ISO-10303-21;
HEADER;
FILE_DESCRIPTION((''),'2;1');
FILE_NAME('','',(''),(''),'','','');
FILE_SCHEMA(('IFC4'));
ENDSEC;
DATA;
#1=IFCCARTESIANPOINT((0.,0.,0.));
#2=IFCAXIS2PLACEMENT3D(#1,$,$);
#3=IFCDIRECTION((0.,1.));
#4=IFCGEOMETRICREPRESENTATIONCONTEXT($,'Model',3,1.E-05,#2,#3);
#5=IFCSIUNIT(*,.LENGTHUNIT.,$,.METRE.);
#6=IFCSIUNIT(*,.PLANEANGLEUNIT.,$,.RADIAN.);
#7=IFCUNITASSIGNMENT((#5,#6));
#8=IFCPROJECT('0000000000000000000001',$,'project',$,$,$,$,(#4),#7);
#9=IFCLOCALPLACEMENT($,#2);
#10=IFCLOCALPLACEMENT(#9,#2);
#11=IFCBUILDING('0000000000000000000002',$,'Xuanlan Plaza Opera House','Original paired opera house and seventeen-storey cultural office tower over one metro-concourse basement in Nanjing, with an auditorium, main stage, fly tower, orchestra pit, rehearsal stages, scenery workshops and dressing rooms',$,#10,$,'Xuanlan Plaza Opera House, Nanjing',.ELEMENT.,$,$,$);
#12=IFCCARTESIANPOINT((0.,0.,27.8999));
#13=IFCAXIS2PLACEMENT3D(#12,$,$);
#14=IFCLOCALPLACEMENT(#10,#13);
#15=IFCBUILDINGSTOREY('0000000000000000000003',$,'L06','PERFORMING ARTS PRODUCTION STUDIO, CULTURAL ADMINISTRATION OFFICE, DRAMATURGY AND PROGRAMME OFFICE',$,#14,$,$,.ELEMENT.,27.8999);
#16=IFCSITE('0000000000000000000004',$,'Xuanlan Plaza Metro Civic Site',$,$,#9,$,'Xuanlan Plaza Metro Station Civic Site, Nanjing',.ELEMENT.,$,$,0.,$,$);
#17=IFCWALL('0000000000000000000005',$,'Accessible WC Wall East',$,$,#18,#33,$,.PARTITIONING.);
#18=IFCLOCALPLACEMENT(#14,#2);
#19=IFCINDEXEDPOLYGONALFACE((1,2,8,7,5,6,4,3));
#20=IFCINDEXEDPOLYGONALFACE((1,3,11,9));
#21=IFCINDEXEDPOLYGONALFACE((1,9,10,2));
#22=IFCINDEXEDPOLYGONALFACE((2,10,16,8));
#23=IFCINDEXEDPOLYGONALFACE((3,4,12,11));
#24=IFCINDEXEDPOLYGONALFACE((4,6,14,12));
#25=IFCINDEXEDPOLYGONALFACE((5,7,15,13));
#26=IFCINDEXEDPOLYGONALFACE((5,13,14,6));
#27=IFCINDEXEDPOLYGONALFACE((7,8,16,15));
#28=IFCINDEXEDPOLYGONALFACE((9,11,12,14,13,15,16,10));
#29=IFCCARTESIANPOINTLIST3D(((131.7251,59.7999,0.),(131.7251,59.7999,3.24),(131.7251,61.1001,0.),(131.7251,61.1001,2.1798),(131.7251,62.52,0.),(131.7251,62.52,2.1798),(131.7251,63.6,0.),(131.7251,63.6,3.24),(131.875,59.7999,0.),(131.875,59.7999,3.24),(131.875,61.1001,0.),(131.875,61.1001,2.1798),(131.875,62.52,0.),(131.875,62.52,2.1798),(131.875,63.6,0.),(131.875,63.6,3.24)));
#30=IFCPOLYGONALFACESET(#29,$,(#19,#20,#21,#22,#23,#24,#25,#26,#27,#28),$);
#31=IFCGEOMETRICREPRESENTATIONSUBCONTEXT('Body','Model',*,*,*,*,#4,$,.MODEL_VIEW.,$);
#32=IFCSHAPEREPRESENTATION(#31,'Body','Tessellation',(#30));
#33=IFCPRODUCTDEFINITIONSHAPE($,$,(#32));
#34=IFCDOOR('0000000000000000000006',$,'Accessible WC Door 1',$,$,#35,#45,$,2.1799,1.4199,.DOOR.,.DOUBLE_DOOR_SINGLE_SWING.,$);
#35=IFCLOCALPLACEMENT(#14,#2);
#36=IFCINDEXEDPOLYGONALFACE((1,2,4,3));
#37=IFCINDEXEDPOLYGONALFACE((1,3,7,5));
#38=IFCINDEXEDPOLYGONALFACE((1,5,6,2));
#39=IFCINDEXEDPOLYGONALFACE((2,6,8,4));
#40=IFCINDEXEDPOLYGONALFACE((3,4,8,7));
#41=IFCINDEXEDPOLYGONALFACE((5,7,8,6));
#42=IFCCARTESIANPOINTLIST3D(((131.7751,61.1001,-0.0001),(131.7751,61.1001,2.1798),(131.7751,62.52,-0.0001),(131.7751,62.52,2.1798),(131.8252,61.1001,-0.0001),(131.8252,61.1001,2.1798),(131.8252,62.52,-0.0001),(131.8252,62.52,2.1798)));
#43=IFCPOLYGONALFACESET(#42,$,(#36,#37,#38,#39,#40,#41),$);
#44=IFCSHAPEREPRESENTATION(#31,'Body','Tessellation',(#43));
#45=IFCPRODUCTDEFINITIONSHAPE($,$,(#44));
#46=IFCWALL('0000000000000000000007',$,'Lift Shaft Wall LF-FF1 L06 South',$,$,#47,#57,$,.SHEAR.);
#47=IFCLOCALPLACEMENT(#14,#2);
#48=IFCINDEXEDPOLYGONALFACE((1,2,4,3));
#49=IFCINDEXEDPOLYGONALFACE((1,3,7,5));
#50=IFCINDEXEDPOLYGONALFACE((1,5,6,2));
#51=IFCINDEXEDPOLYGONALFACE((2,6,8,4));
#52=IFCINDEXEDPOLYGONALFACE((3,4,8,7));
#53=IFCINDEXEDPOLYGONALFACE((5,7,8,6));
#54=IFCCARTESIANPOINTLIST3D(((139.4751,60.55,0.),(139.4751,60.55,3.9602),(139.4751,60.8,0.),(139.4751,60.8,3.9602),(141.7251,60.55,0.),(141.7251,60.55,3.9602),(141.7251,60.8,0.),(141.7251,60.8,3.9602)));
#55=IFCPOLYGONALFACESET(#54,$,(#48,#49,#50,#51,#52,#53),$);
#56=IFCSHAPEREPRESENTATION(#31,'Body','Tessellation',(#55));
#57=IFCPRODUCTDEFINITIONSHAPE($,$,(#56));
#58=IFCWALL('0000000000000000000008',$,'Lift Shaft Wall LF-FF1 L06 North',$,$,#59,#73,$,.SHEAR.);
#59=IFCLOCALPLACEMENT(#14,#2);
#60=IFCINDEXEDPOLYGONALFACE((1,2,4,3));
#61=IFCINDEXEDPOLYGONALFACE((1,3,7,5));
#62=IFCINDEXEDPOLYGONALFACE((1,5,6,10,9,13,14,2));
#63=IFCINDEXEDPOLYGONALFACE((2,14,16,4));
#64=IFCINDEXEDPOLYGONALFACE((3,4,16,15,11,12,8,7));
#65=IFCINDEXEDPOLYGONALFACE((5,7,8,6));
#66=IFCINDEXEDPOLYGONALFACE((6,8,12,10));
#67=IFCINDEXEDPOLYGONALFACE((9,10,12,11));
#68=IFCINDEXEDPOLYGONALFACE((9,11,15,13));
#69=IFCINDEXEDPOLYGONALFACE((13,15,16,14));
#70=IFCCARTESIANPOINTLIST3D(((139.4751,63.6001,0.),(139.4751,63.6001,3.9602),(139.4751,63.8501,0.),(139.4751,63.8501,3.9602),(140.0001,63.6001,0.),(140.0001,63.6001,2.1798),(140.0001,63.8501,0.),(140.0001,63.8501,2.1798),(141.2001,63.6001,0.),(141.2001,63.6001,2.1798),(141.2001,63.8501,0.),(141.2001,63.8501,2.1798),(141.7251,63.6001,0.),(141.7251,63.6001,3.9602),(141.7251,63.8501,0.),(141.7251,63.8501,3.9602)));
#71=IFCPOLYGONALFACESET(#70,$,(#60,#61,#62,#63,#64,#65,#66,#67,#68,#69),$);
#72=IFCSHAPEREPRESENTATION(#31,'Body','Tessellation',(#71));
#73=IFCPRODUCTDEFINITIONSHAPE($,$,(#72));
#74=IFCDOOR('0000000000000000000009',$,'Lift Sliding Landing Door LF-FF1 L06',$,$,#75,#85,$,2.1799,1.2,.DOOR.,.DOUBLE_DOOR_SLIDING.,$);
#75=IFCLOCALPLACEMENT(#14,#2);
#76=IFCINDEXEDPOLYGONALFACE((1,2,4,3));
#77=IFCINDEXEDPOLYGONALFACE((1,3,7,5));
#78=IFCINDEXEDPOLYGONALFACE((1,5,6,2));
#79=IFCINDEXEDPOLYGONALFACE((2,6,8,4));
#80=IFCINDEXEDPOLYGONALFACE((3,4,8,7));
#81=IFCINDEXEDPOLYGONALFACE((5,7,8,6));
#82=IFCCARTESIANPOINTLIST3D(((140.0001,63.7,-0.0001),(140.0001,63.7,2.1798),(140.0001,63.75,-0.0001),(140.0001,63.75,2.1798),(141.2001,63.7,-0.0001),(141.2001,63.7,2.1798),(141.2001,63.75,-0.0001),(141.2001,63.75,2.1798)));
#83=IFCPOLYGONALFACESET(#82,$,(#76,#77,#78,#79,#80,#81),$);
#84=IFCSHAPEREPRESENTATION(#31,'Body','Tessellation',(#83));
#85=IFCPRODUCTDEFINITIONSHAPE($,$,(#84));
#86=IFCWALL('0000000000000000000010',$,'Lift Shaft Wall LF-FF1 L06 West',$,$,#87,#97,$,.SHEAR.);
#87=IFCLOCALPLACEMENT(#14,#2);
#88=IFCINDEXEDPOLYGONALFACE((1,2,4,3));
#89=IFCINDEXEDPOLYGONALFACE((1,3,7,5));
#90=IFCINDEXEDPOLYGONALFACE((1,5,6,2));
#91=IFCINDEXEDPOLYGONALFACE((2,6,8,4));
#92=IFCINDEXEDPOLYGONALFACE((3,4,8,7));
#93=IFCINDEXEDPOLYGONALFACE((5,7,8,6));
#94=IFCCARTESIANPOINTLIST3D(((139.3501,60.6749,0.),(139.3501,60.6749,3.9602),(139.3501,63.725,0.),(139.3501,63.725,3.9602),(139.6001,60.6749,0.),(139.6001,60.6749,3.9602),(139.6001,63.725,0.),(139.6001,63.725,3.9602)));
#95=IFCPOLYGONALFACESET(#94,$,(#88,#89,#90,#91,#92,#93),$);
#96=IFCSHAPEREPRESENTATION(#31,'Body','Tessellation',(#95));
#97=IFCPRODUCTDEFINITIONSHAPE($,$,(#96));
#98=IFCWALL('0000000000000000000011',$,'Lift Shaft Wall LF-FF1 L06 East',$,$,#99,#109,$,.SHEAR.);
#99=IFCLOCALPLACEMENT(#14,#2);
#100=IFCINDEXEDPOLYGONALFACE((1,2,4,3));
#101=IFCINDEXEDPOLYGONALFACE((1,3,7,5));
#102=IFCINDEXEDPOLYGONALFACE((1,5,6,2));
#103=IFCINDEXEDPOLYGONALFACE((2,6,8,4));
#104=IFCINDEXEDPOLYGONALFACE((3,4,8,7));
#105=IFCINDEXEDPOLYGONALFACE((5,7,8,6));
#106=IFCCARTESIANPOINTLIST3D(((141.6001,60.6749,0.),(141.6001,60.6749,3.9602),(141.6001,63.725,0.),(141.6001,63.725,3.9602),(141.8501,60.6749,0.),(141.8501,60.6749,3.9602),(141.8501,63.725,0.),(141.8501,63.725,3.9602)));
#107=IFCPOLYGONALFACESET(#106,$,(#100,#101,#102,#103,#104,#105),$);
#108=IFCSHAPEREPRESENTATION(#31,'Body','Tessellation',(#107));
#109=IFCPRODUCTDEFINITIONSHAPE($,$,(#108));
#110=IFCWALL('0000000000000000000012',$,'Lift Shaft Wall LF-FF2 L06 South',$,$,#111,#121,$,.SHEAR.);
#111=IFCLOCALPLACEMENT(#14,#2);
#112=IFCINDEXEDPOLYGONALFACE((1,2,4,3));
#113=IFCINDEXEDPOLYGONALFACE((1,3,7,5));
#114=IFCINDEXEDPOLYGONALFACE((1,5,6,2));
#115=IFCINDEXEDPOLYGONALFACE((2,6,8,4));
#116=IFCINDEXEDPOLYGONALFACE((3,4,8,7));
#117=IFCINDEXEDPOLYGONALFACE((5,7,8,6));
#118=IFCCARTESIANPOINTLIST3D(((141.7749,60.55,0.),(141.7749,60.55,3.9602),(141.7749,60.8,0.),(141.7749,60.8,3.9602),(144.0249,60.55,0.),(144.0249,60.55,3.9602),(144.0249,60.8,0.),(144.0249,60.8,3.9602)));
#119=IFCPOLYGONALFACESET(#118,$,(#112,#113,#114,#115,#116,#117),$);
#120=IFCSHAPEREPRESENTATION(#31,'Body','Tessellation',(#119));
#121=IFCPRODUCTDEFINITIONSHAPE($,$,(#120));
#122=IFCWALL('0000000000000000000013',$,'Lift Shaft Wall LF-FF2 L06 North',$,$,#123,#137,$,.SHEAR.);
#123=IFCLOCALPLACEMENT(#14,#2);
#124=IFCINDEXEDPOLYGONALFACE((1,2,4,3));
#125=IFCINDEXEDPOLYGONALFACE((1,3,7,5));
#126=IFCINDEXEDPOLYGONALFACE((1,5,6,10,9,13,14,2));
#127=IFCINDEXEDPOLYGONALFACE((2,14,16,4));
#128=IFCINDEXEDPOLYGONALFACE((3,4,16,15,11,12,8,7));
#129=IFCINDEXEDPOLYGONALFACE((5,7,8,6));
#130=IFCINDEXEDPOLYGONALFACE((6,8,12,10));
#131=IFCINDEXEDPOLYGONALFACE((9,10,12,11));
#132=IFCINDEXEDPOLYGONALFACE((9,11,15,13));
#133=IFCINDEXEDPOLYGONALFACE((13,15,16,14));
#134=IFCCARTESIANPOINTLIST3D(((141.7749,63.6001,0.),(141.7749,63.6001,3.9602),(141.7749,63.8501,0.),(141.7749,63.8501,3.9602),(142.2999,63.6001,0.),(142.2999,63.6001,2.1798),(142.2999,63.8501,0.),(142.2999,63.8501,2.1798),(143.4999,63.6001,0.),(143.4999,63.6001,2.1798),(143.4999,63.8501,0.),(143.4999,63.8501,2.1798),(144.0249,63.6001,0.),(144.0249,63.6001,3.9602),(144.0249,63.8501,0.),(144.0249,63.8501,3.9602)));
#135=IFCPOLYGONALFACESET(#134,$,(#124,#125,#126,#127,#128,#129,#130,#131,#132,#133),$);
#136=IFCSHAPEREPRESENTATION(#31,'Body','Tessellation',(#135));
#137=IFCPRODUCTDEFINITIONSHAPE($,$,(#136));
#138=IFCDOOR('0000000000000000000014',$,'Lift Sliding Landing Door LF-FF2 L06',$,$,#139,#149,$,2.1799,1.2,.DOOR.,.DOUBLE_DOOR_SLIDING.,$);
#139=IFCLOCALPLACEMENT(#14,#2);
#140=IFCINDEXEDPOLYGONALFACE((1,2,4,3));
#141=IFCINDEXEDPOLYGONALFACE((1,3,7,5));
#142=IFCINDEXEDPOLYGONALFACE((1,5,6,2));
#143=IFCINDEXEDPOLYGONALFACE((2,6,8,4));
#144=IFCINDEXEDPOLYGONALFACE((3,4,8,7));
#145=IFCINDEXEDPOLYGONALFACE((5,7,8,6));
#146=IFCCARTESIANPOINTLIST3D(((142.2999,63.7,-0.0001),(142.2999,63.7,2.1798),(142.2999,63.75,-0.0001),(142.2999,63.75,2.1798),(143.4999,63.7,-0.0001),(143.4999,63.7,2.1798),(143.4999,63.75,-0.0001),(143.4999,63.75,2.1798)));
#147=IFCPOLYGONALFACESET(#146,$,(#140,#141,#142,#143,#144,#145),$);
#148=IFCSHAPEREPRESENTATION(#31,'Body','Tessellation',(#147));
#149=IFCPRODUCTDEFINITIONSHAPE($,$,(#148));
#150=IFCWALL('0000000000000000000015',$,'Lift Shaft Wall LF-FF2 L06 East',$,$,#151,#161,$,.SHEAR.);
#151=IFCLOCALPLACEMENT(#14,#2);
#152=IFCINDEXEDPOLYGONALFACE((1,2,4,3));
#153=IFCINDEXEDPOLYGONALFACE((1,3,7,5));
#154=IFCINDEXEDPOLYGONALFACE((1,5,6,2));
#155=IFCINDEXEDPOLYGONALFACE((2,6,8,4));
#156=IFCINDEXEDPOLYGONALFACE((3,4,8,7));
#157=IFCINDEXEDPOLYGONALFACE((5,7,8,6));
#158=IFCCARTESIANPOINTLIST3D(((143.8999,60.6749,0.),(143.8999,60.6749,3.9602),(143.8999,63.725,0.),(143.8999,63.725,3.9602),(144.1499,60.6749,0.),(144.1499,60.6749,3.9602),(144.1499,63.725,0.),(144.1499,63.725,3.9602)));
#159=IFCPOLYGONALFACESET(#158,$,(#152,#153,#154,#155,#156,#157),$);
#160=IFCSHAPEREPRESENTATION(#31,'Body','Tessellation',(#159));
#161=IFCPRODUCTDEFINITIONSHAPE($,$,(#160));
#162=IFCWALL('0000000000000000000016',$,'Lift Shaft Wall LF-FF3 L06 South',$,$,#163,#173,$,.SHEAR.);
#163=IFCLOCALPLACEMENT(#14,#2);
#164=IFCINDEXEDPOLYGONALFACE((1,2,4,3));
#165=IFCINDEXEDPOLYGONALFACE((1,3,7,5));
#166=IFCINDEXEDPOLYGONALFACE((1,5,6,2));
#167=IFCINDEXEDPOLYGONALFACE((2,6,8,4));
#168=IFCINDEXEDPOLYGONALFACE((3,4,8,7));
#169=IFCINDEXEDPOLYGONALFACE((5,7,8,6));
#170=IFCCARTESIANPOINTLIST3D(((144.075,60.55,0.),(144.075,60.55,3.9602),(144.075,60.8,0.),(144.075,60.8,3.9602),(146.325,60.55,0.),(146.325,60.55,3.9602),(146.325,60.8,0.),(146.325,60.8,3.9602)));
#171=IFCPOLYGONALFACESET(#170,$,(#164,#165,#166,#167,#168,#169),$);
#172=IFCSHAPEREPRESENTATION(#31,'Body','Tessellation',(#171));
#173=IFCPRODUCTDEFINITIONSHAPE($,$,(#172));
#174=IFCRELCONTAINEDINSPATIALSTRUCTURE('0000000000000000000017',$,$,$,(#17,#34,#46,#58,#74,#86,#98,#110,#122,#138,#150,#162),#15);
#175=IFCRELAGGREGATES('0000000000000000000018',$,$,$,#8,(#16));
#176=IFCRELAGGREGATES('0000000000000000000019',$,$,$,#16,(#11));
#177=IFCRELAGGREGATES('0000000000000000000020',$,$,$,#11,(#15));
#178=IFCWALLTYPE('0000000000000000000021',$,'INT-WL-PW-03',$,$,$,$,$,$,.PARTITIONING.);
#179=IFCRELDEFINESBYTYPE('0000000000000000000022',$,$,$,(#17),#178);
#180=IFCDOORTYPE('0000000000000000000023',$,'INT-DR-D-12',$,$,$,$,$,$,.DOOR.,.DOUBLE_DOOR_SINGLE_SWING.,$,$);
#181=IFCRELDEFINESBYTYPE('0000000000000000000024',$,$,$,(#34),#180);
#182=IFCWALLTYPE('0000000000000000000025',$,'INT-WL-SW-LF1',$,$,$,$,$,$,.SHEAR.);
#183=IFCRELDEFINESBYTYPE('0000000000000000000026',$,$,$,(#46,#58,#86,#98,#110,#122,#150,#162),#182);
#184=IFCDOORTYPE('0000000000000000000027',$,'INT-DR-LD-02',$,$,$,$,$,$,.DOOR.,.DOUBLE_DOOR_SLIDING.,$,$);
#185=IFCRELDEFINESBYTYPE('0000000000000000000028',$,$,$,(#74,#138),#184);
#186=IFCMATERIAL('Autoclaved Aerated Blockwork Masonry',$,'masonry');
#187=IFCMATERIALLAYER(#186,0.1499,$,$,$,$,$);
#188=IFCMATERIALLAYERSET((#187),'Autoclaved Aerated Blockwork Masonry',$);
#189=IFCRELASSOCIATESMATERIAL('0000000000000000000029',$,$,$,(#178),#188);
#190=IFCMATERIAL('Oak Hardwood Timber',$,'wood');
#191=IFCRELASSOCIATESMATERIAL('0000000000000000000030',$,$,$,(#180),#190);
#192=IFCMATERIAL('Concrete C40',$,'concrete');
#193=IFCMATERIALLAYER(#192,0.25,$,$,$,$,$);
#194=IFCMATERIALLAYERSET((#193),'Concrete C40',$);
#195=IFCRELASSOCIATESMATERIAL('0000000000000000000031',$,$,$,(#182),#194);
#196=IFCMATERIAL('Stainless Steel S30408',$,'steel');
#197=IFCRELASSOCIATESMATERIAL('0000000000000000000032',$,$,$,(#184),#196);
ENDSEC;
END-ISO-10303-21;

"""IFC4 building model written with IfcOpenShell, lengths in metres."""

from ifc_helpers import new_model, si_unit, direction, frame, frame_2d, origin, place, context, subcontext, project, spatial, rectangle, extrude, material, layer, layer_set, type_object, element, fill, save


model = new_model("IFC4")

# Units and contexts
model_context = context("Model", 3, precision=1e-05, world=origin(), true_north=direction((0.0, 1.0)))
body_context = subcontext(model_context, "Body", "Model", "MODEL_VIEW")
ifc_project = project(units=[si_unit("LENGTHUNIT", "METRE"), si_unit("PLANEANGLEUNIT", "RADIAN")], contexts=[model_context])

# Site, building, storey
site_placement = place(None, origin())
site = spatial("IfcSite", under=ifc_project, at=site_placement, Name="Xuanlan Plaza Metro Civic Site", LongName="Xuanlan Plaza Metro Station Civic Site, Nanjing", CompositionType="ELEMENT", RefElevation=0.0)
building_placement = place(site_placement, origin())
building = spatial("IfcBuilding", under=site, at=building_placement, Name="Xuanlan Plaza Opera House", Description="Original paired opera house and seventeen-storey cultural office tower over one metro-concourse basement in Nanjing, with an auditorium, main stage, fly tower, orchestra pit, rehearsal stages, scenery workshops and dressing rooms", LongName="Xuanlan Plaza Opera House, Nanjing", CompositionType="ELEMENT")
storey_placement = place(building_placement, frame((0.0, 0.0, 27.8999)))
storey = spatial("IfcBuildingStorey", under=building, at=storey_placement, Name="L06", Description="PERFORMING ARTS PRODUCTION STUDIO, CULTURAL ADMINISTRATION OFFICE, DRAMATURGY AND PROGRAMME OFFICE", CompositionType="ELEMENT", Elevation=27.8999)

# Shared definitions
ifc_material_1 = material(Name="Concrete C40", Category="concrete")

# Wall, opening, door
ifc_material_2 = material(Name="Autoclaved Aerated Blockwork Masonry", Category="masonry")
ifc_layer_1 = layer(ifc_material_2, 0.1499)
ifc_layer_set_1 = layer_set([ifc_layer_1], Name="Autoclaved Aerated Blockwork Masonry")
wall_type_1 = type_object("IfcWallType", Name="INT-WL-PW-03", PredefinedType="PARTITIONING", material=ifc_layer_set_1)
wall_1_placement = place(storey_placement, frame((131.8, 59.8, 0.0), z_axis=(0.0, 0.0, 1.0), x_axis=(0.0, 1.0, 0.0)))
wall_1 = element("IfcWall", 1, at=wall_1_placement, inside=storey, type_object=wall_type_1, Name="Accessible WC Wall East", PredefinedType="PARTITIONING", context=body_context, shape_type="SweptSolid", body=[
    extrude(rectangle(XDim=3.8, YDim=0.1499, at=frame_2d((1.8999, 0.0))), origin(), (0.0, 0.0, 1.0), 3.24),
])
opening_1_placement = place(wall_1_placement, frame((1.3, 0.0, 0.0)))
opening_1 = element("IfcOpeningElement", 2, at=opening_1_placement, cuts=wall_1, PredefinedType="OPENING", context=body_context, shape_type="SweptSolid", body=[
    extrude(rectangle(XDim=1.4199, YDim=2.1799, at=frame_2d((0.71, 1.0898))), frame((0.0, 0.085, 0.0), z_axis=(0.0, -1.0, 0.0), x_axis=(1.0, 0.0, 0.0)), (0.0, 0.0, 1.0), 0.1699),
])
ifc_material_3 = material(Name="Oak Hardwood Timber", Category="wood")
door_type_1 = type_object("IfcDoorType", Name="INT-DR-D-12", OperationType="DOUBLE_DOOR_SINGLE_SWING", PredefinedType="DOOR", material=ifc_material_3)
door_1_placement = place(opening_1_placement, origin())
door_1 = element("IfcDoor", 3, at=door_1_placement, inside=storey, type_object=door_type_1, Name="Accessible WC Door 1", OperationType="DOUBLE_DOOR_SINGLE_SWING", OverallHeight=2.1799, OverallWidth=1.4199, PredefinedType="DOOR", context=body_context, shape_type="SweptSolid", body=[
    extrude(rectangle(XDim=1.4199, YDim=2.1799, at=frame_2d((0.71, 1.0898))), frame((0.0, 0.0249, 0.0), z_axis=(0.0, -1.0, 0.0), x_axis=(1.0, 0.0, 0.0)), (0.0, 0.0, 1.0), 0.05),
])
fill(opening_1, door_1)

# Wall
ifc_layer_2 = layer(ifc_material_1, 0.25)
ifc_layer_set_2 = layer_set([ifc_layer_2], Name="Concrete C40")
wall_type_2 = type_object("IfcWallType", Name="INT-WL-SW-LF1", PredefinedType="SHEAR", material=ifc_layer_set_2)
wall_2_placement = place(storey_placement, frame((139.4751, 60.675, 0.0), z_axis=(0.0, 0.0, 1.0), x_axis=(1.0, 0.0, 0.0)))
element("IfcWall", 4, at=wall_2_placement, inside=storey, type_object=wall_type_2, Name="Lift Shaft Wall LF-FF1 L06 South", PredefinedType="SHEAR", context=body_context, shape_type="SweptSolid", body=[
    extrude(rectangle(XDim=2.25, YDim=0.25, at=frame_2d((1.125, 0.0))), origin(), (0.0, 0.0, 1.0), 3.9602),
])

# Wall, opening, door
wall_3_placement = place(storey_placement, frame((139.4751, 63.7251, 0.0), z_axis=(0.0, 0.0, 1.0), x_axis=(1.0, 0.0, 0.0)))
wall_3 = element("IfcWall", 5, at=wall_3_placement, inside=storey, type_object=wall_type_2, Name="Lift Shaft Wall LF-FF1 L06 North", PredefinedType="SHEAR", context=body_context, shape_type="SweptSolid", body=[
    extrude(rectangle(XDim=2.25, YDim=0.25, at=frame_2d((1.125, 0.0))), origin(), (0.0, 0.0, 1.0), 3.9602),
])
opening_2_placement = place(wall_3_placement, frame((0.5249, 0.0, 0.0)))
opening_2 = element("IfcOpeningElement", 6, at=opening_2_placement, cuts=wall_3, PredefinedType="OPENING", context=body_context, shape_type="SweptSolid", body=[
    extrude(rectangle(XDim=1.2, YDim=2.1799, at=frame_2d((0.6001, 1.0898))), frame((0.0, 0.135, 0.0), z_axis=(0.0, -1.0, 0.0), x_axis=(1.0, 0.0, 0.0)), (0.0, 0.0, 1.0), 0.27),
])
ifc_material_4 = material(Name="Stainless Steel S30408", Category="steel")
door_type_2 = type_object("IfcDoorType", Name="INT-DR-LD-02", OperationType="DOUBLE_DOOR_SLIDING", PredefinedType="DOOR", material=ifc_material_4)
door_2_placement = place(opening_2_placement, origin())
door_2 = element("IfcDoor", 7, at=door_2_placement, inside=storey, type_object=door_type_2, Name="Lift Sliding Landing Door LF-FF1 L06", OperationType="DOUBLE_DOOR_SLIDING", OverallHeight=2.1799, OverallWidth=1.2, PredefinedType="DOOR", context=body_context, shape_type="SweptSolid", body=[
    extrude(rectangle(XDim=1.2, YDim=2.1799, at=frame_2d((0.6001, 1.0898))), frame((0.0, 0.0249, 0.0), z_axis=(0.0, -1.0, 0.0), x_axis=(1.0, 0.0, 0.0)), (0.0, 0.0, 1.0), 0.05),
])
fill(opening_2, door_2)

# Walls
for number, where, z_axis, x_axis, name in (
    (8, (139.4751, 60.675, 0.0), (0.0, 0.0, 1.0), (0.0, 1.0, 0.0), "Lift Shaft Wall LF-FF1 L06 West"),
    (9, (141.7251, 60.675, 0.0), (0.0, 0.0, 1.0), (0.0, 1.0, 0.0), "Lift Shaft Wall LF-FF1 L06 East"),
):
    element("IfcWall", number, at=place(storey_placement, frame(where, z_axis=z_axis, x_axis=x_axis)), inside=storey, type_object=wall_type_2, Name=name, PredefinedType="SHEAR", context=body_context, shape_type="SweptSolid", body=[
        extrude(rectangle(XDim=3.05, YDim=0.25, at=frame_2d((1.5249, 0.0))), origin(), (0.0, 0.0, 1.0), 3.9602),
    ])
wall_4_placement = place(storey_placement, frame((141.7749, 60.675, 0.0), z_axis=(0.0, 0.0, 1.0), x_axis=(1.0, 0.0, 0.0)))
element("IfcWall", 10, at=wall_4_placement, inside=storey, type_object=wall_type_2, Name="Lift Shaft Wall LF-FF2 L06 South", PredefinedType="SHEAR", context=body_context, shape_type="SweptSolid", body=[
    extrude(rectangle(XDim=2.25, YDim=0.25, at=frame_2d((1.125, 0.0))), origin(), (0.0, 0.0, 1.0), 3.9602),
])

# Wall, opening, door
wall_5_placement = place(storey_placement, frame((141.7749, 63.7251, 0.0), z_axis=(0.0, 0.0, 1.0), x_axis=(1.0, 0.0, 0.0)))
wall_5 = element("IfcWall", 11, at=wall_5_placement, inside=storey, type_object=wall_type_2, Name="Lift Shaft Wall LF-FF2 L06 North", PredefinedType="SHEAR", context=body_context, shape_type="SweptSolid", body=[
    extrude(rectangle(XDim=2.25, YDim=0.25, at=frame_2d((1.125, 0.0))), origin(), (0.0, 0.0, 1.0), 3.9602),
])
opening_3_placement = place(wall_5_placement, frame((0.5249, 0.0, 0.0)))
opening_3 = element("IfcOpeningElement", 12, at=opening_3_placement, cuts=wall_5, PredefinedType="OPENING", context=body_context, shape_type="SweptSolid", body=[
    extrude(rectangle(XDim=1.2, YDim=2.1799, at=frame_2d((0.6001, 1.0898))), frame((0.0, 0.135, 0.0), z_axis=(0.0, -1.0, 0.0), x_axis=(1.0, 0.0, 0.0)), (0.0, 0.0, 1.0), 0.27),
])
door_3_placement = place(opening_3_placement, origin())
door_3 = element("IfcDoor", 13, at=door_3_placement, inside=storey, type_object=door_type_2, Name="Lift Sliding Landing Door LF-FF2 L06", OperationType="DOUBLE_DOOR_SLIDING", OverallHeight=2.1799, OverallWidth=1.2, PredefinedType="DOOR", context=body_context, shape_type="SweptSolid", body=[
    extrude(rectangle(XDim=1.2, YDim=2.1799, at=frame_2d((0.6001, 1.0898))), frame((0.0, 0.0249, 0.0), z_axis=(0.0, -1.0, 0.0), x_axis=(1.0, 0.0, 0.0)), (0.0, 0.0, 1.0), 0.05),
])
fill(opening_3, door_3)

# Walls
wall_6_placement = place(storey_placement, frame((144.0249, 60.675, 0.0), z_axis=(0.0, 0.0, 1.0), x_axis=(0.0, 1.0, 0.0)))
element("IfcWall", 14, at=wall_6_placement, inside=storey, type_object=wall_type_2, Name="Lift Shaft Wall LF-FF2 L06 East", PredefinedType="SHEAR", context=body_context, shape_type="SweptSolid", body=[
    extrude(rectangle(XDim=3.05, YDim=0.25, at=frame_2d((1.5249, 0.0))), origin(), (0.0, 0.0, 1.0), 3.9602),
])
wall_7_placement = place(storey_placement, frame((144.075, 60.675, 0.0), z_axis=(0.0, 0.0, 1.0), x_axis=(1.0, 0.0, 0.0)))
element("IfcWall", 15, at=wall_7_placement, inside=storey, type_object=wall_type_2, Name="Lift Shaft Wall LF-FF3 L06 South", PredefinedType="SHEAR", context=body_context, shape_type="SweptSolid", body=[
    extrude(rectangle(XDim=2.25, YDim=0.25, at=frame_2d((1.125, 0.0))), origin(), (0.0, 0.0, 1.0), 3.9602),
])

save(model, "model.ifc")
